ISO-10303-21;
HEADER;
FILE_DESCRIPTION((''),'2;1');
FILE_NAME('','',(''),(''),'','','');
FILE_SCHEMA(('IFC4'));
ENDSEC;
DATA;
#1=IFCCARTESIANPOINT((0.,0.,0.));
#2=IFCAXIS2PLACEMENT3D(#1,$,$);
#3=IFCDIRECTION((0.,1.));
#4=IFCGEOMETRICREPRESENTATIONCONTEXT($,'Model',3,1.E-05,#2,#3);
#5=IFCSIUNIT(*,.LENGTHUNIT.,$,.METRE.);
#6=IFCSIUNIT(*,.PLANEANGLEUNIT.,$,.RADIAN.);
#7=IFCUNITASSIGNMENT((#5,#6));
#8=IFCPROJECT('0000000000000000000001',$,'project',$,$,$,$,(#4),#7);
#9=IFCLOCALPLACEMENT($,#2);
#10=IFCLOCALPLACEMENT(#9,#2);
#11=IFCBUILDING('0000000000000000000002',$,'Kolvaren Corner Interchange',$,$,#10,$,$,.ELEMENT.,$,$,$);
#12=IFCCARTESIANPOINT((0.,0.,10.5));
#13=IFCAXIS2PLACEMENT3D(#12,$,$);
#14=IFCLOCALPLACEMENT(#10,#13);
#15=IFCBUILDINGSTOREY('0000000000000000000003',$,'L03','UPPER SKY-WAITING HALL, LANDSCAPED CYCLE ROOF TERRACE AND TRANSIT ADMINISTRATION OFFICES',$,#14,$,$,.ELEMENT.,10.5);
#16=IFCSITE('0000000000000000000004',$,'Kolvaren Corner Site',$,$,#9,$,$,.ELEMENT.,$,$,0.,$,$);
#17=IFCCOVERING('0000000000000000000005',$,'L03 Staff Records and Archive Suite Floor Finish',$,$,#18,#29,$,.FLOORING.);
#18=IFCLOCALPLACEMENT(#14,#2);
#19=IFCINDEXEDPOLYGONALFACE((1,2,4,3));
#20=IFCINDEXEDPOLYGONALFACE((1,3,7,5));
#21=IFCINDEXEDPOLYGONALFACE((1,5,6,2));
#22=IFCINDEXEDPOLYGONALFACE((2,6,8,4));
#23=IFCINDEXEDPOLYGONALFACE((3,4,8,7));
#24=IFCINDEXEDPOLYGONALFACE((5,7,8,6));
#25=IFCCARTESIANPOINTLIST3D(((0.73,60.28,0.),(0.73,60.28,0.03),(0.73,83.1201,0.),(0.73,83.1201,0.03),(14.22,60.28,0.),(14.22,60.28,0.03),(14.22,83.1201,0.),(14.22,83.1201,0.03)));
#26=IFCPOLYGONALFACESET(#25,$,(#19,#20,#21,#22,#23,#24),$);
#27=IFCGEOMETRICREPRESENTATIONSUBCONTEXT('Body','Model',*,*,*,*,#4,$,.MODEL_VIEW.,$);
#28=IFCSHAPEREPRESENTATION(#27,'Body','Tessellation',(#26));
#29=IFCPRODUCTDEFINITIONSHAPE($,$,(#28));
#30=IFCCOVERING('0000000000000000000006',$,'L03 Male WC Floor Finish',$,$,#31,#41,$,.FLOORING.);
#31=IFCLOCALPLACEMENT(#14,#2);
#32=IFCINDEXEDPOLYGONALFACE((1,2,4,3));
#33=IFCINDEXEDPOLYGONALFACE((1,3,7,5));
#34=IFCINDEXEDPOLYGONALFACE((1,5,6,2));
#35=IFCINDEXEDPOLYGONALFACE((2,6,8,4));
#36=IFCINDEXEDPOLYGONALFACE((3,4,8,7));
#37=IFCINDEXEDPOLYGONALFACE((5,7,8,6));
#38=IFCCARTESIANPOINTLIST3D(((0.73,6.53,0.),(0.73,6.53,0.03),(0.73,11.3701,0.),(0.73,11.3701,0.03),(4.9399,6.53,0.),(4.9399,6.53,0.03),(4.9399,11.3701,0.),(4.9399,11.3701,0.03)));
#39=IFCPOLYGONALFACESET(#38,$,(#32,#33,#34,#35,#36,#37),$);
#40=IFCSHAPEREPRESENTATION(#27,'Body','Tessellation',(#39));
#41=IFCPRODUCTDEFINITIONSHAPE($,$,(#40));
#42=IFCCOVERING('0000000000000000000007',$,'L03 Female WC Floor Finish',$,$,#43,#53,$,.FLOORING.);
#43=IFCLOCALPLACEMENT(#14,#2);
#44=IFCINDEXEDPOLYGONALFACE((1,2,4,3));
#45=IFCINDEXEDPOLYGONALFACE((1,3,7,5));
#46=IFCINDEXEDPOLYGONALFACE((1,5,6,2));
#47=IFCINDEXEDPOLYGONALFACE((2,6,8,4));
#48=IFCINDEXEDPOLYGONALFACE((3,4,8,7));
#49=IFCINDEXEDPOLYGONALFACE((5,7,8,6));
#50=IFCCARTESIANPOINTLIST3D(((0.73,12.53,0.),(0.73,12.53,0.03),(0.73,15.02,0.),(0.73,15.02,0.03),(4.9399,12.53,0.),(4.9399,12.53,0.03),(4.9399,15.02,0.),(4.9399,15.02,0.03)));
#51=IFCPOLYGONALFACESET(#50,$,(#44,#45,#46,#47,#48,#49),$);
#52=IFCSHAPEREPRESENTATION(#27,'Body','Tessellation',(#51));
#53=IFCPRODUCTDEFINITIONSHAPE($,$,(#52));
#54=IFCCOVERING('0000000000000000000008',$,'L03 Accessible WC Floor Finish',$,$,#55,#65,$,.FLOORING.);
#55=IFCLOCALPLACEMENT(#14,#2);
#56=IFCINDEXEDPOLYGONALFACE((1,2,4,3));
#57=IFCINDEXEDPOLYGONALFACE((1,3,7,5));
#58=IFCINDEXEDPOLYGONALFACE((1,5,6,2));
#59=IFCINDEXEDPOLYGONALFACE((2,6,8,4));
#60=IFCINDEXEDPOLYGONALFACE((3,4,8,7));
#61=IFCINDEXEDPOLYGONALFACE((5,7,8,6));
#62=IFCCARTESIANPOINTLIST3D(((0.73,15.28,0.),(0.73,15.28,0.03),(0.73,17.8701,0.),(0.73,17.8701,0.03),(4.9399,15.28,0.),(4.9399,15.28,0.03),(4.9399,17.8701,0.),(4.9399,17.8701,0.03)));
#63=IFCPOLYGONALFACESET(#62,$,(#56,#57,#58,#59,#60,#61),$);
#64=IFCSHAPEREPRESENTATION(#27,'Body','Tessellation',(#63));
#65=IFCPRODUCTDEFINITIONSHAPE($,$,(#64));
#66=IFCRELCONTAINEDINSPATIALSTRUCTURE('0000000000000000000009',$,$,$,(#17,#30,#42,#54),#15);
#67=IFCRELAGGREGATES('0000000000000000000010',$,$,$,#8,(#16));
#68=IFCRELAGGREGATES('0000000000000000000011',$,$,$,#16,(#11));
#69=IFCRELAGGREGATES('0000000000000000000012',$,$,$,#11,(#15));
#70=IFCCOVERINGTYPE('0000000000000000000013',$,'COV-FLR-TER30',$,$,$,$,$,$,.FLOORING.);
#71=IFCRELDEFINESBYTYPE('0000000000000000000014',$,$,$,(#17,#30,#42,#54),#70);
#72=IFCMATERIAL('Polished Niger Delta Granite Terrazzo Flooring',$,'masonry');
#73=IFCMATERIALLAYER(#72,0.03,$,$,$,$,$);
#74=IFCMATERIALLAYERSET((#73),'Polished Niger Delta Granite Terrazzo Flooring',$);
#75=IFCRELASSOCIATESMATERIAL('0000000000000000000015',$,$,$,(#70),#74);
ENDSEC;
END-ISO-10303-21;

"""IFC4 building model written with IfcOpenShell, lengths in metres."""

from ifc_helpers import new_model, si_unit, direction, frame, origin, place, context, subcontext, project, spatial, polyline, outline, extrude, material, layer, layer_set, type_object, element, save


model = new_model("IFC4")

# Units and contexts
model_context = context("Model", 3, precision=1e-05, world=origin(), true_north=direction((0.0, 1.0)))
body_context = subcontext(model_context, "Body", "Model", "MODEL_VIEW")
ifc_project = project(units=[si_unit("LENGTHUNIT", "METRE"), si_unit("PLANEANGLEUNIT", "RADIAN")], contexts=[model_context])

# Site, building, storey
site_placement = place(None, origin())
site = spatial("IfcSite", under=ifc_project, at=site_placement, Name="Kolvaren Corner Site", CompositionType="ELEMENT", RefElevation=0.0)
building_placement = place(site_placement, origin())
building = spatial("IfcBuilding", under=site, at=building_placement, Name="Kolvaren Corner Interchange", CompositionType="ELEMENT")
storey_placement = place(building_placement, frame((0.0, 0.0, 10.5)))
storey = spatial("IfcBuildingStorey", under=building, at=storey_placement, Name="L03", Description="UPPER SKY-WAITING HALL, LANDSCAPED CYCLE ROOF TERRACE AND TRANSIT ADMINISTRATION OFFICES", CompositionType="ELEMENT", Elevation=10.5)

# Coverings
ifc_material_1 = material(Name="Polished Niger Delta Granite Terrazzo Flooring", Category="masonry")
ifc_layer_1 = layer(ifc_material_1, 0.03)
ifc_layer_set_1 = layer_set([ifc_layer_1], Name="Polished Niger Delta Granite Terrazzo Flooring")
covering_type_1 = type_object("IfcCoveringType", Name="COV-FLR-TER30", PredefinedType="FLOORING", material=ifc_layer_set_1)
covering_1_placement = place(storey_placement, origin())
element("IfcCovering", 1, at=covering_1_placement, inside=storey, type_object=covering_type_1, Name="L03 Staff Records and Archive Suite Floor Finish", PredefinedType="FLOORING", context=body_context, shape_type="SweptSolid", body=[
    extrude(outline(polyline([(0.73, 60.28), (14.22, 60.28), (14.22, 83.1201), (0.73, 83.1201), (0.73, 60.28)])), origin(), (0.0, 0.0, 1.0), 0.03),
])
covering_2_placement = place(storey_placement, origin())
element("IfcCovering", 2, at=covering_2_placement, inside=storey, type_object=covering_type_1, Name="L03 Male WC Floor Finish", PredefinedType="FLOORING", context=body_context, shape_type="SweptSolid", body=[
    extrude(outline(polyline([(0.73, 6.53), (4.9399, 6.53), (4.9399, 11.3701), (0.73, 11.3701), (0.73, 6.53)])), origin(), (0.0, 0.0, 1.0), 0.03),
])
covering_3_placement = place(storey_placement, origin())
element("IfcCovering", 3, at=covering_3_placement, inside=storey, type_object=covering_type_1, Name="L03 Female WC Floor Finish", PredefinedType="FLOORING", context=body_context, shape_type="SweptSolid", body=[
    extrude(outline(polyline([(0.73, 12.53), (4.9399, 12.53), (4.9399, 15.02), (0.73, 15.02), (0.73, 12.53)])), origin(), (0.0, 0.0, 1.0), 0.03),
])
covering_4_placement = place(storey_placement, origin())
element("IfcCovering", 4, at=covering_4_placement, inside=storey, type_object=covering_type_1, Name="L03 Accessible WC Floor Finish", PredefinedType="FLOORING", context=body_context, shape_type="SweptSolid", body=[
    extrude(outline(polyline([(0.73, 15.28), (4.9399, 15.28), (4.9399, 17.8701), (0.73, 17.8701), (0.73, 15.28)])), origin(), (0.0, 0.0, 1.0), 0.03),
])

save(model, "model.ifc")
